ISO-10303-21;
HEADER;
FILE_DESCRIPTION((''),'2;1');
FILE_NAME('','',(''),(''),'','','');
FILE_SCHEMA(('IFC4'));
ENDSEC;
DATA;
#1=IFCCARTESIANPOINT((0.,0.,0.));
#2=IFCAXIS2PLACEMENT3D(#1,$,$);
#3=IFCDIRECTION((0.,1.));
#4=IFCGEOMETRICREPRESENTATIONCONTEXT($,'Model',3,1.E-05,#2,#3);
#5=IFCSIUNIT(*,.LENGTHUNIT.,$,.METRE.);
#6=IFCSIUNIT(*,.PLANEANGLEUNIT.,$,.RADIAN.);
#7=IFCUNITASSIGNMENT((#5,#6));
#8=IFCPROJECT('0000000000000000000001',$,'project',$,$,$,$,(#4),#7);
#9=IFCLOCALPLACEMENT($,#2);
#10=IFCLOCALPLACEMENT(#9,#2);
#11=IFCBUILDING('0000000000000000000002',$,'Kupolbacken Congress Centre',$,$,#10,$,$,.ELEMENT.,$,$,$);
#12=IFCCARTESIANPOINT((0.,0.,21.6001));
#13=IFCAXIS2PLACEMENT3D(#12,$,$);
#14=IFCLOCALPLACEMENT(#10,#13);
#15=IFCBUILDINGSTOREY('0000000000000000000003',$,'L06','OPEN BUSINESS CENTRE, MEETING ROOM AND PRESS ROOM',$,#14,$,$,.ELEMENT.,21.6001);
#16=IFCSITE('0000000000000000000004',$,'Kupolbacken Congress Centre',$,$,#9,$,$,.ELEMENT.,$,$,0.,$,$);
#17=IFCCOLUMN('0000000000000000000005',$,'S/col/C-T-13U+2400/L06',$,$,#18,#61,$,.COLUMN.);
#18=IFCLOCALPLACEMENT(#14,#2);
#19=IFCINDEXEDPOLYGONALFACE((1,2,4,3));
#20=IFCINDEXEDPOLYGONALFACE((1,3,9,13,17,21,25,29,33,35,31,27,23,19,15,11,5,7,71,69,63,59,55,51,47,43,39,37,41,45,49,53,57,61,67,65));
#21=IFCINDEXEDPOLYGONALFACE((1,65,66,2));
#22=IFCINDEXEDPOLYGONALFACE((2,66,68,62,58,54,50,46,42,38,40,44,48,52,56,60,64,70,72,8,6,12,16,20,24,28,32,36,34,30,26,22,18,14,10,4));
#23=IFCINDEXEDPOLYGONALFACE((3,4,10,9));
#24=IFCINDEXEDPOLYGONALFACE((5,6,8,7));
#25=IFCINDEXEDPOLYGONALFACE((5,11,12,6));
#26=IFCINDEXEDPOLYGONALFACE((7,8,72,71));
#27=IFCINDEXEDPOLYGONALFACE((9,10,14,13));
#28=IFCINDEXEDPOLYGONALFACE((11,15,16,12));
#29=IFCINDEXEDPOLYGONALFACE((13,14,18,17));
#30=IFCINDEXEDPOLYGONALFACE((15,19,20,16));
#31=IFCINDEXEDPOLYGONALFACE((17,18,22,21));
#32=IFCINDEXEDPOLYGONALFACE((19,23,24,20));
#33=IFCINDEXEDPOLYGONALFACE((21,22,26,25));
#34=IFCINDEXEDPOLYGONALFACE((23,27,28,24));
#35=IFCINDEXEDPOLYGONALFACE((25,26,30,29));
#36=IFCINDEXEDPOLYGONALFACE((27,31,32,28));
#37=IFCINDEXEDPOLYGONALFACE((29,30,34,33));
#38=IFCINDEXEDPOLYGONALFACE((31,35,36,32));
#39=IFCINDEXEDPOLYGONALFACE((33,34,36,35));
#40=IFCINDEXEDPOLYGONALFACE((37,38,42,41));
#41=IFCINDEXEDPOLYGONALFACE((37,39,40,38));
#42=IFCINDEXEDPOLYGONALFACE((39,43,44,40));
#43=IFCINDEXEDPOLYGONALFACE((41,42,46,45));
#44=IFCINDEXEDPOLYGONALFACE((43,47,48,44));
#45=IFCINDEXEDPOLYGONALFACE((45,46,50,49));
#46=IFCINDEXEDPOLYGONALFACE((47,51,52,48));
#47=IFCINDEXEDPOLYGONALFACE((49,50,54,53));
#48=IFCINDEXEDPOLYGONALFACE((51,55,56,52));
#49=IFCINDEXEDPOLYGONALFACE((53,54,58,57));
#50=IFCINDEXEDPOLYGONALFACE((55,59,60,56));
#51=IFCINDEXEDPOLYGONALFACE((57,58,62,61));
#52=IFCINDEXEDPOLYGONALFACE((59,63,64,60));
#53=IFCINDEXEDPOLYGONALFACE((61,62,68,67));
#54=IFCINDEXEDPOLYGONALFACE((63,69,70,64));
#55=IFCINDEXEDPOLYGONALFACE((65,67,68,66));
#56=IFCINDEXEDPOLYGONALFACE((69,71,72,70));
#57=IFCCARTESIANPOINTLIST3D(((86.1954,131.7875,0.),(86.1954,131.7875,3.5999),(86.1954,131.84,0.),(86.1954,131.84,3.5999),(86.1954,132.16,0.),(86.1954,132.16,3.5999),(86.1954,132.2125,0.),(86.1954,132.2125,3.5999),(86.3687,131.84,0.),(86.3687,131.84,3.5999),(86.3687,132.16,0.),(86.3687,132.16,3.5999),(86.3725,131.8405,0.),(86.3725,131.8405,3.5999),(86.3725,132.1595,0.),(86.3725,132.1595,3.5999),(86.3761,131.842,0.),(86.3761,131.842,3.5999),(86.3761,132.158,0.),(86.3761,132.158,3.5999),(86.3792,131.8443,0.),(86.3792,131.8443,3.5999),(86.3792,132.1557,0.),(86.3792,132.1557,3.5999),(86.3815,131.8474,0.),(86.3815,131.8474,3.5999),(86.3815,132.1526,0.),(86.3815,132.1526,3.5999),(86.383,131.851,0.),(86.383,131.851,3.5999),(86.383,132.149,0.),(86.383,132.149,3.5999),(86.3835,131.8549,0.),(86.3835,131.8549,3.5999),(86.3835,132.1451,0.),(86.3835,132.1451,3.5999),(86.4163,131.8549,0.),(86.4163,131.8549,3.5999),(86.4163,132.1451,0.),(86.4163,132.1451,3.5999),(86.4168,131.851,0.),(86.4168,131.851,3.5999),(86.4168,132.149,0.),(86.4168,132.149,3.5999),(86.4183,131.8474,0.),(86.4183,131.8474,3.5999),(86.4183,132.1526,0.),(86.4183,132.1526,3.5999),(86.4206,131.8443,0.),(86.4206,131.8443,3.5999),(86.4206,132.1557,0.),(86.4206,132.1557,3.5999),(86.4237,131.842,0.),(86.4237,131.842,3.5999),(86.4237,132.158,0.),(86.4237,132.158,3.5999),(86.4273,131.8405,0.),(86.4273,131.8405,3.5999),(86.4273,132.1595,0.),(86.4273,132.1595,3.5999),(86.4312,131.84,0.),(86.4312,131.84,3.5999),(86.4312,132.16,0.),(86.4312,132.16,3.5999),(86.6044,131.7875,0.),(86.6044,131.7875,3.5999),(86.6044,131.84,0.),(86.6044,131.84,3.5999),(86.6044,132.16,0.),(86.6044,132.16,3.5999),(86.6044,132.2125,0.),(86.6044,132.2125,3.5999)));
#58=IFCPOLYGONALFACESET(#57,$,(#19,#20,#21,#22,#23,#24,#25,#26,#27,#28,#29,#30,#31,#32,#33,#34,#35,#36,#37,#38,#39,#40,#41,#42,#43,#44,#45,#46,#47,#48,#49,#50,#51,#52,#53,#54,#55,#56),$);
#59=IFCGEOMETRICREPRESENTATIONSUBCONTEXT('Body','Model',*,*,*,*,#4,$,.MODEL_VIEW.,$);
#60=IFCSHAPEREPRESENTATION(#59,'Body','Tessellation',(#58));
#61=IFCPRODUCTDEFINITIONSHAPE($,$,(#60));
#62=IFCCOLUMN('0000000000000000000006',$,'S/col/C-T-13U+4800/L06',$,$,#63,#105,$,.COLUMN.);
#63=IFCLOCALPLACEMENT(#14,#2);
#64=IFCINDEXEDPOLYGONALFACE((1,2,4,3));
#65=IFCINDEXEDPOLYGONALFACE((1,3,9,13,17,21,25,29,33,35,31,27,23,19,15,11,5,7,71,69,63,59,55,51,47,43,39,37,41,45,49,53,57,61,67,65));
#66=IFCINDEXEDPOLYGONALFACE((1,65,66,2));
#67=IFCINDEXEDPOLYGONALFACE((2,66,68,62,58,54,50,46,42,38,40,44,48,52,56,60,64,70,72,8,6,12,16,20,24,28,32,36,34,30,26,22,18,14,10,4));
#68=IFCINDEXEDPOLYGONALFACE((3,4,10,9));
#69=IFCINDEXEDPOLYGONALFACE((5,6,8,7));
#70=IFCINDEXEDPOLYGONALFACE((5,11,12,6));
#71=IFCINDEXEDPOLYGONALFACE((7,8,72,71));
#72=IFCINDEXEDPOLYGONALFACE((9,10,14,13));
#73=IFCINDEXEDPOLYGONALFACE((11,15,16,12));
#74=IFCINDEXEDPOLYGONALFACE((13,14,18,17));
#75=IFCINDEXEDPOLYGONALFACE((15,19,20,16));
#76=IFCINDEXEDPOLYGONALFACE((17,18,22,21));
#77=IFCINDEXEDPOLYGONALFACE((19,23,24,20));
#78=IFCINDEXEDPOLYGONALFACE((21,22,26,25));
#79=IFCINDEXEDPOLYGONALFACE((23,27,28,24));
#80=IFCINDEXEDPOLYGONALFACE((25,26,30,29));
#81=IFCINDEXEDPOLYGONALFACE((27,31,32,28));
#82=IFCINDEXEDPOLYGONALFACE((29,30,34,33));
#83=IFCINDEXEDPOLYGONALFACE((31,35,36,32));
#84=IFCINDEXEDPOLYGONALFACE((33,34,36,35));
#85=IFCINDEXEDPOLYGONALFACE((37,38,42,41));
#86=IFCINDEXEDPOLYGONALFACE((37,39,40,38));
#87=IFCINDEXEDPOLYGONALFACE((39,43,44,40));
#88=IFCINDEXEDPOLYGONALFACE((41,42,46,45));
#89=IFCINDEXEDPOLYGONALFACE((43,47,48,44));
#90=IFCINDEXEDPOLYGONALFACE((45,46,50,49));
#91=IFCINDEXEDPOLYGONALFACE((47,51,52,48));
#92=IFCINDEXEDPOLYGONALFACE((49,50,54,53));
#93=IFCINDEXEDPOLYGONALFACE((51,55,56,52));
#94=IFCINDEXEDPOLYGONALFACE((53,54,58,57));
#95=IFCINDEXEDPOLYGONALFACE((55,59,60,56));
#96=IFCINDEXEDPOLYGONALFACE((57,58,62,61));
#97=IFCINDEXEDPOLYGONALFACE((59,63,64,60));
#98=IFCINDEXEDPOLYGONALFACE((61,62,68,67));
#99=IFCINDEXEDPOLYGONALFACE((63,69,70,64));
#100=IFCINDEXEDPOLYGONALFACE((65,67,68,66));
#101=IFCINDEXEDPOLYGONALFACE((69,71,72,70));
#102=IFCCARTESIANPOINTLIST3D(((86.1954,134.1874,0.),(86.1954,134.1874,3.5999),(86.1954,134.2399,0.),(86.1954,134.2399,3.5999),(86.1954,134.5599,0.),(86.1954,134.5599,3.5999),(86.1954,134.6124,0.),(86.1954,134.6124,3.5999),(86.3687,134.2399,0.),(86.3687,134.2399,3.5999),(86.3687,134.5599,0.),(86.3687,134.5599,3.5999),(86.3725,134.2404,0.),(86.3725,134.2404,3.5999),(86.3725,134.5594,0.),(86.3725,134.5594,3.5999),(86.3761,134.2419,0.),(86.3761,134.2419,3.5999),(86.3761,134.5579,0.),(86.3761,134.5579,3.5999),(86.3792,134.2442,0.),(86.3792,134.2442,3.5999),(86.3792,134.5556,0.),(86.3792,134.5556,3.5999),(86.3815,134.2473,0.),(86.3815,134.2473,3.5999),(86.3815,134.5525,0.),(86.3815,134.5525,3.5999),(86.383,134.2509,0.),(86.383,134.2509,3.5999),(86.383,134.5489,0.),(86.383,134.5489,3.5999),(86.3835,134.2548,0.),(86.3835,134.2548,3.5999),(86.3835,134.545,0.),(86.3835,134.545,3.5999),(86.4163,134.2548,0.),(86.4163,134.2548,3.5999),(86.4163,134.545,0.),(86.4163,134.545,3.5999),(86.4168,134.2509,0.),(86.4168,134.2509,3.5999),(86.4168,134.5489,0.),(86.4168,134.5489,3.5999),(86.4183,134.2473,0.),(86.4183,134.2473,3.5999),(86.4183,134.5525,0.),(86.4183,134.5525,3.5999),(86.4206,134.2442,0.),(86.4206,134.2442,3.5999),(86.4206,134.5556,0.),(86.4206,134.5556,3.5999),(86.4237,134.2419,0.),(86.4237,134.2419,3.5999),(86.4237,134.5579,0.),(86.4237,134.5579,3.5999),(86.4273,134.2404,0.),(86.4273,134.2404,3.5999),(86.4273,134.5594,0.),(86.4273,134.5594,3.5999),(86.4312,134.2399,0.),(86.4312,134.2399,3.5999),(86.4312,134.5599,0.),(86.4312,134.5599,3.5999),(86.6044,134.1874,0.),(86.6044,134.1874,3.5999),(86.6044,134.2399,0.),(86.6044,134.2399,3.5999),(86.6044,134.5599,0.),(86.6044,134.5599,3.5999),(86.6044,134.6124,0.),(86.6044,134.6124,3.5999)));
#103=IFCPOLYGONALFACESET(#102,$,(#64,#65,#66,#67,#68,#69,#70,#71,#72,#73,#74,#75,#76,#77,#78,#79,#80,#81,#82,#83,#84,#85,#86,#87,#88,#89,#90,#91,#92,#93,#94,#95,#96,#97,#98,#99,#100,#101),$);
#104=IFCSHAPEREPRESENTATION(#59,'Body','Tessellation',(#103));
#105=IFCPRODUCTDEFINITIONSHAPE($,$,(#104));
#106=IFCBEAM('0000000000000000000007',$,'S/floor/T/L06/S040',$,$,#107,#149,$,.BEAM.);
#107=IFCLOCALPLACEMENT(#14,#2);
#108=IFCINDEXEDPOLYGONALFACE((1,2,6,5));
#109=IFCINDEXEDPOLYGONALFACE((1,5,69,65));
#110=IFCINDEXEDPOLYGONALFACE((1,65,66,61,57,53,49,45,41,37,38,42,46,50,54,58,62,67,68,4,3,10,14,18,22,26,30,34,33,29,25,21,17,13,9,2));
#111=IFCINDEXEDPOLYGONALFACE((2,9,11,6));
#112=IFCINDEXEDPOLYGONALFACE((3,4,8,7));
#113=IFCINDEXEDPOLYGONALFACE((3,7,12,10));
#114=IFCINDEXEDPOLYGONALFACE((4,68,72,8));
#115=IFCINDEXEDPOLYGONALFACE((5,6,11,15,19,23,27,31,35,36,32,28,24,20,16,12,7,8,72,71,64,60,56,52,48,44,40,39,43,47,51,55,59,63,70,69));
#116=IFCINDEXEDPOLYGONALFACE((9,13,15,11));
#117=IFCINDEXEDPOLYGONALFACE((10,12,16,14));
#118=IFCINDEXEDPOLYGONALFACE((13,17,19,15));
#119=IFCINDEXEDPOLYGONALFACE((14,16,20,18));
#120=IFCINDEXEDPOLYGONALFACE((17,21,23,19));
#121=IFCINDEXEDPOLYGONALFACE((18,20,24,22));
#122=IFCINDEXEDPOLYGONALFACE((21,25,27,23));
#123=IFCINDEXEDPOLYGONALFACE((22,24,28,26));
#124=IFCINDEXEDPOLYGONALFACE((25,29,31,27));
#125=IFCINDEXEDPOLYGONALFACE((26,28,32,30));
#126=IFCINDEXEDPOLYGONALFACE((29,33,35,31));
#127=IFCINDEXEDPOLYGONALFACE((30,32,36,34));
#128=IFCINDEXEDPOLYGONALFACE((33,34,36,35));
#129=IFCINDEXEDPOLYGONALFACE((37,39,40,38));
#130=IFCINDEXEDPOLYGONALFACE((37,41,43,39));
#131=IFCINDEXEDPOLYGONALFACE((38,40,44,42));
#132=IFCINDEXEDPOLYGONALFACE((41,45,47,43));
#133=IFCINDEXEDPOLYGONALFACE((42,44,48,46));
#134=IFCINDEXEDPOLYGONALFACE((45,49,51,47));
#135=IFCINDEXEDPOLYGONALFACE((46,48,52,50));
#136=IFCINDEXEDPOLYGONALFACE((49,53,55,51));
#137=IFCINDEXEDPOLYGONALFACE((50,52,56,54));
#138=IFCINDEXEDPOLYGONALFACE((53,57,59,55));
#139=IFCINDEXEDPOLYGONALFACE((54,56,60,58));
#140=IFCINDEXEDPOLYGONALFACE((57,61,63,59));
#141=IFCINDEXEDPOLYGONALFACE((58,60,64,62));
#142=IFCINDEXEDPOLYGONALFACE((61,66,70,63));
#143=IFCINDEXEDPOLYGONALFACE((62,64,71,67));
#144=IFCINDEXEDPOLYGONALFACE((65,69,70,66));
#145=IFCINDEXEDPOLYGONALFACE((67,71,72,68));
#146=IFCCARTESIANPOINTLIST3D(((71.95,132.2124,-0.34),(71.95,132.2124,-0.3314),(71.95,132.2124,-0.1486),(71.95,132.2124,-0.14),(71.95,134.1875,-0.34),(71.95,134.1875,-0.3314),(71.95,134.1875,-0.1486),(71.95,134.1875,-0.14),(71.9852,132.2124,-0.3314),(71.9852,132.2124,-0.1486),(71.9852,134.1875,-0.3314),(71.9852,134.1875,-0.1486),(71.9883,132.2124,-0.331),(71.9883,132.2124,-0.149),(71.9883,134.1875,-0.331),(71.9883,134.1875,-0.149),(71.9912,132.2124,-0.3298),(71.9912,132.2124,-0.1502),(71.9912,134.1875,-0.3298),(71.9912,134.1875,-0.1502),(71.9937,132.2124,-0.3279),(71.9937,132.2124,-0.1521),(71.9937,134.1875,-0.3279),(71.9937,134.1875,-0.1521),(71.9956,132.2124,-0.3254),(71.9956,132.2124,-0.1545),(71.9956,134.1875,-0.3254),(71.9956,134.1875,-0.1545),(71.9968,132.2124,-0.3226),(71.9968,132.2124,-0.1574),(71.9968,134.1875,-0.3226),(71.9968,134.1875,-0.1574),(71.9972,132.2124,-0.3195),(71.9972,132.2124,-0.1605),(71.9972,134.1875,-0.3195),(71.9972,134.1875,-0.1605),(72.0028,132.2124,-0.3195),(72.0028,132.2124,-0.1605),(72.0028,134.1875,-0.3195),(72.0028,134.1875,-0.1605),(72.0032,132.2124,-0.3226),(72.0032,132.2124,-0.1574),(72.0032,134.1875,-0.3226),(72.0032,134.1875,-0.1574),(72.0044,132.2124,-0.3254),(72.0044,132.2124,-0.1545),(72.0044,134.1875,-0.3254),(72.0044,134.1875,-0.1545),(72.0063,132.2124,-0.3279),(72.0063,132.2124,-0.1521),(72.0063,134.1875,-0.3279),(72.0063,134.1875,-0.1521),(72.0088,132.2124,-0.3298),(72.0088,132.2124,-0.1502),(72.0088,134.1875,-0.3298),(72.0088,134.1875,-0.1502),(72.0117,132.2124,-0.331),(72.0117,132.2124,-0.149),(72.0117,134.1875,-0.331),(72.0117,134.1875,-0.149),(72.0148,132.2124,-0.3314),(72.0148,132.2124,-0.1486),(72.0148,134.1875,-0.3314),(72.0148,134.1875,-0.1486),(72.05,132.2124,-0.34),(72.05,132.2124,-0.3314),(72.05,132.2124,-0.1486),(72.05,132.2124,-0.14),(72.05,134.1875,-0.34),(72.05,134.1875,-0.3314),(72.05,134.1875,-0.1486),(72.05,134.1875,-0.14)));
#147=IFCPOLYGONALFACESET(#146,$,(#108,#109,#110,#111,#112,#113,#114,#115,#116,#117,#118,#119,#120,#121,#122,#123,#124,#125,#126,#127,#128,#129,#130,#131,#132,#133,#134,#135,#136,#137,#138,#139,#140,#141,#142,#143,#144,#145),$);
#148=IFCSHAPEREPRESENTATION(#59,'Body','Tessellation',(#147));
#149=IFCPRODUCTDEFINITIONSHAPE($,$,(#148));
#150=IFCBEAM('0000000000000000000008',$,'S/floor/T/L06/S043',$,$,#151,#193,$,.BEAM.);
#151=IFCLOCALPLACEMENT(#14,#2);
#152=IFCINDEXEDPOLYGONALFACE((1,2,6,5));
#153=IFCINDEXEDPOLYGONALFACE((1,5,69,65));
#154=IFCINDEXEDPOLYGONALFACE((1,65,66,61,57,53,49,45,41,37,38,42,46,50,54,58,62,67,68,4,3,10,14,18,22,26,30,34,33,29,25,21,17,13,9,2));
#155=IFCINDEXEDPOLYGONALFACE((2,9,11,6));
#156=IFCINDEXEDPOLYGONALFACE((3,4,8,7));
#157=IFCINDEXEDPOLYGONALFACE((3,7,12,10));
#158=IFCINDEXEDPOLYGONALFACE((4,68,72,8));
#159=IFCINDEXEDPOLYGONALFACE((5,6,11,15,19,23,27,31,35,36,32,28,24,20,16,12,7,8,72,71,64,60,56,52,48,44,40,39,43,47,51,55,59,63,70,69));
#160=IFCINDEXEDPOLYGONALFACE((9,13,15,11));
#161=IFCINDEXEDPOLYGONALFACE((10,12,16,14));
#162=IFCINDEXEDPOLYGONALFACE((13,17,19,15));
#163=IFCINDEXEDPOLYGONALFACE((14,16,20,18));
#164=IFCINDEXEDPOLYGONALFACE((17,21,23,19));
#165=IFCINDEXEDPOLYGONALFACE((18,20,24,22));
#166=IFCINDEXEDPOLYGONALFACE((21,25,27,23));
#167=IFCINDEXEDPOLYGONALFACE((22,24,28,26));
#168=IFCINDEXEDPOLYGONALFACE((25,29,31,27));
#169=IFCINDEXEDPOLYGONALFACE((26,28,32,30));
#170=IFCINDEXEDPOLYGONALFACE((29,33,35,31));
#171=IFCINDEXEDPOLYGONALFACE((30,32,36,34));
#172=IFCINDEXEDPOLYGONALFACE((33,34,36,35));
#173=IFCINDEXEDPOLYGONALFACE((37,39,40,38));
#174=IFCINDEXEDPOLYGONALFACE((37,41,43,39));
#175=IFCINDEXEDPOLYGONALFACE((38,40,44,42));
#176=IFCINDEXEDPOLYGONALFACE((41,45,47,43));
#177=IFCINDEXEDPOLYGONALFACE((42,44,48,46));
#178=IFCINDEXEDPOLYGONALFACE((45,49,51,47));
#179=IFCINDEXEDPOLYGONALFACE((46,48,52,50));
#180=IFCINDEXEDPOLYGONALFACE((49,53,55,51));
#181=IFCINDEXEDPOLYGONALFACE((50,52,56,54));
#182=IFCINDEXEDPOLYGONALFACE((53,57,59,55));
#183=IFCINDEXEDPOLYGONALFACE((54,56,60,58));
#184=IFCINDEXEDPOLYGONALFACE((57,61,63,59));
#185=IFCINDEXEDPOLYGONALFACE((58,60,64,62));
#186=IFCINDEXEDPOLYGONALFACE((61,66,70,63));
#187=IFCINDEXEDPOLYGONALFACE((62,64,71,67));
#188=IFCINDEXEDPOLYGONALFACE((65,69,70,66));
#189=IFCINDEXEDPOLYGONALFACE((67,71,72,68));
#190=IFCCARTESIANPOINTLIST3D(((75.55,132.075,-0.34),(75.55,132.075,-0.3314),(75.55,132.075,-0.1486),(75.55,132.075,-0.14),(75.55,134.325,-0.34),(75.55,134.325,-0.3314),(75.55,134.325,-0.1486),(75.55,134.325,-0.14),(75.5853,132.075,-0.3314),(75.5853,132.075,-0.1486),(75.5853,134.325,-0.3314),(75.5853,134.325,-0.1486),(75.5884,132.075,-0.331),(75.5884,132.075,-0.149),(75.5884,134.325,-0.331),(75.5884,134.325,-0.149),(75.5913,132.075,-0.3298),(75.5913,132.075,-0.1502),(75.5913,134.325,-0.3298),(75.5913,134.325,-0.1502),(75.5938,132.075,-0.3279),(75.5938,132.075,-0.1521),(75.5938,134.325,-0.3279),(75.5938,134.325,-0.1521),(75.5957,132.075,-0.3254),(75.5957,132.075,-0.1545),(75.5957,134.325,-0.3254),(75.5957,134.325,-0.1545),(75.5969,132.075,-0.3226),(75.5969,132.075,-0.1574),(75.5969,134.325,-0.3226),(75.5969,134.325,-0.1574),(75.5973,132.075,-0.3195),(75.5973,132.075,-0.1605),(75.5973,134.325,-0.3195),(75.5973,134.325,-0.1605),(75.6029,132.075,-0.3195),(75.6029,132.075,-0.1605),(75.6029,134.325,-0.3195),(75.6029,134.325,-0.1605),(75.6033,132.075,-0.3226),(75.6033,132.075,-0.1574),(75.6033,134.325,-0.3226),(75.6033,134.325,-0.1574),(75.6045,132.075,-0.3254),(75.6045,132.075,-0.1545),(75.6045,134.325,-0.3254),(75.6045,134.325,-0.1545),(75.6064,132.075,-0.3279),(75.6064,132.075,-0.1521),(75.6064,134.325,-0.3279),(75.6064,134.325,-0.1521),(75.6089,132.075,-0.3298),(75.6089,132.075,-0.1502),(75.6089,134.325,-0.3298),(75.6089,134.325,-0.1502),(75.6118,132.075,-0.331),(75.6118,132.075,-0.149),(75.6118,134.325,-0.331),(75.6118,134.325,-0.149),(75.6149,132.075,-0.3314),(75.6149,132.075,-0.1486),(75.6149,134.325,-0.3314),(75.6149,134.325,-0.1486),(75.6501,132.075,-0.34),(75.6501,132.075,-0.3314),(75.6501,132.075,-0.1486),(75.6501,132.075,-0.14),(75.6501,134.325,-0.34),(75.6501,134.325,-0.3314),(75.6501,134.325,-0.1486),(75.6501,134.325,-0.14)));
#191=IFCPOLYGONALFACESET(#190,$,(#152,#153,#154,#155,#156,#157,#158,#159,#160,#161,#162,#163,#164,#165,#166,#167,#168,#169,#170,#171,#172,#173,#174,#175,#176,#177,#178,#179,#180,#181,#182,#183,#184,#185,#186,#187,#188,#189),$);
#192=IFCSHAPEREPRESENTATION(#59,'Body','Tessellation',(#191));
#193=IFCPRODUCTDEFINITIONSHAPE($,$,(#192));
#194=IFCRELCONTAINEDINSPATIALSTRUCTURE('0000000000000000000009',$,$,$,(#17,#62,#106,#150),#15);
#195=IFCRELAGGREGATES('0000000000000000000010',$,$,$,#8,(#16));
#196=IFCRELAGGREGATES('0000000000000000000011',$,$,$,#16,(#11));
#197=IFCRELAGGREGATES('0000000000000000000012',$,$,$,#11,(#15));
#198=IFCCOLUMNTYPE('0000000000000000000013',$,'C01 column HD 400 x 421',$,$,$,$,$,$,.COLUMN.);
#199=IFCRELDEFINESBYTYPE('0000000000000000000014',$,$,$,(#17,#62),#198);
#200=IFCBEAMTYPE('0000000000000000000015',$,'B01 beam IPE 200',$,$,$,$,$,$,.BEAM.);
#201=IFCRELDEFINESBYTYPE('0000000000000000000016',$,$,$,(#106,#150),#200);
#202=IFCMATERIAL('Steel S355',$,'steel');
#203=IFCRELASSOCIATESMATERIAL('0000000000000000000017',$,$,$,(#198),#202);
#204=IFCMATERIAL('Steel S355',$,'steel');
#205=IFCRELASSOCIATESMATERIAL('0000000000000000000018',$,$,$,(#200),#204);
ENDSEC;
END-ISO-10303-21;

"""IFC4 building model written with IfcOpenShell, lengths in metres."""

from ifc_helpers import new_model, si_unit, direction, frame, origin, origin_2d, place, context, subcontext, project, spatial, i_section, extrude, material, material_profile, profile_set, type_object, element, save


model = new_model("IFC4")

# Units and contexts
model_context = context("Model", 3, precision=1e-05, world=origin(), true_north=direction((0.0, 1.0)))
body_context = subcontext(model_context, "Body", "Model", "MODEL_VIEW")
ifc_project = project(units=[si_unit("LENGTHUNIT", "METRE"), si_unit("PLANEANGLEUNIT", "RADIAN")], contexts=[model_context])

# Site, building, storey
site_placement = place(None, origin())
site = spatial("IfcSite", under=ifc_project, at=site_placement, Name="Kupolbacken Congress Centre", CompositionType="ELEMENT", RefElevation=0.0)
building_placement = place(site_placement, origin())
building = spatial("IfcBuilding", under=site, at=building_placement, Name="Kupolbacken Congress Centre", CompositionType="ELEMENT")
storey_placement = place(building_placement, frame((0.0, 0.0, 21.6001)))
storey = spatial("IfcBuildingStorey", under=building, at=storey_placement, Name="L06", Description="OPEN BUSINESS CENTRE, MEETING ROOM AND PRESS ROOM", CompositionType="ELEMENT", Elevation=21.6001)

# Columns
ifc_material_1 = material(Name="Steel S355", Category="steel")
ifc_material_profile_1 = material_profile(ifc_material_1, i_section(OverallWidth=0.4089, OverallDepth=0.425, WebThickness=0.0327, FlangeThickness=0.0525, FilletRadius=0.0149, at=origin_2d()), Name="HD 400 x 421")
ifc_profile_set_1 = profile_set([ifc_material_profile_1], Name="Steel S355")
column_type = type_object("IfcColumnType", Name="C01 column HD 400 x 421", PredefinedType="COLUMN", material=ifc_profile_set_1)
for number, where, z_axis, x_axis, name in (
    (1, (86.3999, 132.0, 0.0), (0.0, 0.0, 1.0), (1.0, 0.0, 0.0), "S/col/C-T-13U+2400/L06"),
    (2, (86.3999, 134.3999, 0.0), (0.0, 0.0, 1.0), (1.0, 0.0, 0.0), "S/col/C-T-13U+4800/L06"),
):
    element("IfcColumn", number, at=place(storey_placement, frame(where, z_axis=z_axis, x_axis=x_axis)), inside=storey, type_object=column_type, Name=name, PredefinedType="COLUMN", context=body_context, shape_type="SweptSolid", body=[
        extrude(i_section(OverallWidth=0.4089, OverallDepth=0.425, WebThickness=0.0327, FlangeThickness=0.0525, FilletRadius=0.0149, at=origin_2d()), origin(), (0.0, 0.0, 1.0), 3.5999),
    ])

# Beams
ifc_material_2 = material(Name="Steel S355", Category="steel")
ifc_material_profile_2 = material_profile(ifc_material_2, i_section(OverallWidth=0.1001, OverallDepth=0.2, WebThickness=0.0056, FlangeThickness=0.0085, FilletRadius=0.012, at=origin_2d()), Name="IPE 200")
ifc_profile_set_2 = profile_set([ifc_material_profile_2], Name="Steel S355")
beam_type_1 = type_object("IfcBeamType", Name="B01 beam IPE 200", PredefinedType="BEAM", material=ifc_profile_set_2)
beam_1_placement = place(storey_placement, frame((72.0, 132.2124, -0.24), z_axis=(0.0, 1.0, 0.0), x_axis=(-1.0, 0.0, 0.0)))
element("IfcBeam", 3, at=beam_1_placement, inside=storey, type_object=beam_type_1, Name="S/floor/T/L06/S040", PredefinedType="BEAM", context=body_context, shape_type="SweptSolid", body=[
    extrude(i_section(OverallWidth=0.1001, OverallDepth=0.2, WebThickness=0.0056, FlangeThickness=0.0085, FilletRadius=0.012, at=origin_2d()), origin(), (0.0, 0.0, 1.0), 1.9751),
])
beam_2_placement = place(storey_placement, frame((75.6001, 132.075, -0.24), z_axis=(0.0, 1.0, 0.0), x_axis=(-1.0, 0.0, 0.0)))
element("IfcBeam", 4, at=beam_2_placement, inside=storey, type_object=beam_type_1, Name="S/floor/T/L06/S043", PredefinedType="BEAM", context=body_context, shape_type="SweptSolid", body=[
    extrude(i_section(OverallWidth=0.1001, OverallDepth=0.2, WebThickness=0.0056, FlangeThickness=0.0085, FilletRadius=0.012, at=origin_2d()), origin(), (0.0, 0.0, 1.0), 2.25),
])

save(model, "model.ifc")
